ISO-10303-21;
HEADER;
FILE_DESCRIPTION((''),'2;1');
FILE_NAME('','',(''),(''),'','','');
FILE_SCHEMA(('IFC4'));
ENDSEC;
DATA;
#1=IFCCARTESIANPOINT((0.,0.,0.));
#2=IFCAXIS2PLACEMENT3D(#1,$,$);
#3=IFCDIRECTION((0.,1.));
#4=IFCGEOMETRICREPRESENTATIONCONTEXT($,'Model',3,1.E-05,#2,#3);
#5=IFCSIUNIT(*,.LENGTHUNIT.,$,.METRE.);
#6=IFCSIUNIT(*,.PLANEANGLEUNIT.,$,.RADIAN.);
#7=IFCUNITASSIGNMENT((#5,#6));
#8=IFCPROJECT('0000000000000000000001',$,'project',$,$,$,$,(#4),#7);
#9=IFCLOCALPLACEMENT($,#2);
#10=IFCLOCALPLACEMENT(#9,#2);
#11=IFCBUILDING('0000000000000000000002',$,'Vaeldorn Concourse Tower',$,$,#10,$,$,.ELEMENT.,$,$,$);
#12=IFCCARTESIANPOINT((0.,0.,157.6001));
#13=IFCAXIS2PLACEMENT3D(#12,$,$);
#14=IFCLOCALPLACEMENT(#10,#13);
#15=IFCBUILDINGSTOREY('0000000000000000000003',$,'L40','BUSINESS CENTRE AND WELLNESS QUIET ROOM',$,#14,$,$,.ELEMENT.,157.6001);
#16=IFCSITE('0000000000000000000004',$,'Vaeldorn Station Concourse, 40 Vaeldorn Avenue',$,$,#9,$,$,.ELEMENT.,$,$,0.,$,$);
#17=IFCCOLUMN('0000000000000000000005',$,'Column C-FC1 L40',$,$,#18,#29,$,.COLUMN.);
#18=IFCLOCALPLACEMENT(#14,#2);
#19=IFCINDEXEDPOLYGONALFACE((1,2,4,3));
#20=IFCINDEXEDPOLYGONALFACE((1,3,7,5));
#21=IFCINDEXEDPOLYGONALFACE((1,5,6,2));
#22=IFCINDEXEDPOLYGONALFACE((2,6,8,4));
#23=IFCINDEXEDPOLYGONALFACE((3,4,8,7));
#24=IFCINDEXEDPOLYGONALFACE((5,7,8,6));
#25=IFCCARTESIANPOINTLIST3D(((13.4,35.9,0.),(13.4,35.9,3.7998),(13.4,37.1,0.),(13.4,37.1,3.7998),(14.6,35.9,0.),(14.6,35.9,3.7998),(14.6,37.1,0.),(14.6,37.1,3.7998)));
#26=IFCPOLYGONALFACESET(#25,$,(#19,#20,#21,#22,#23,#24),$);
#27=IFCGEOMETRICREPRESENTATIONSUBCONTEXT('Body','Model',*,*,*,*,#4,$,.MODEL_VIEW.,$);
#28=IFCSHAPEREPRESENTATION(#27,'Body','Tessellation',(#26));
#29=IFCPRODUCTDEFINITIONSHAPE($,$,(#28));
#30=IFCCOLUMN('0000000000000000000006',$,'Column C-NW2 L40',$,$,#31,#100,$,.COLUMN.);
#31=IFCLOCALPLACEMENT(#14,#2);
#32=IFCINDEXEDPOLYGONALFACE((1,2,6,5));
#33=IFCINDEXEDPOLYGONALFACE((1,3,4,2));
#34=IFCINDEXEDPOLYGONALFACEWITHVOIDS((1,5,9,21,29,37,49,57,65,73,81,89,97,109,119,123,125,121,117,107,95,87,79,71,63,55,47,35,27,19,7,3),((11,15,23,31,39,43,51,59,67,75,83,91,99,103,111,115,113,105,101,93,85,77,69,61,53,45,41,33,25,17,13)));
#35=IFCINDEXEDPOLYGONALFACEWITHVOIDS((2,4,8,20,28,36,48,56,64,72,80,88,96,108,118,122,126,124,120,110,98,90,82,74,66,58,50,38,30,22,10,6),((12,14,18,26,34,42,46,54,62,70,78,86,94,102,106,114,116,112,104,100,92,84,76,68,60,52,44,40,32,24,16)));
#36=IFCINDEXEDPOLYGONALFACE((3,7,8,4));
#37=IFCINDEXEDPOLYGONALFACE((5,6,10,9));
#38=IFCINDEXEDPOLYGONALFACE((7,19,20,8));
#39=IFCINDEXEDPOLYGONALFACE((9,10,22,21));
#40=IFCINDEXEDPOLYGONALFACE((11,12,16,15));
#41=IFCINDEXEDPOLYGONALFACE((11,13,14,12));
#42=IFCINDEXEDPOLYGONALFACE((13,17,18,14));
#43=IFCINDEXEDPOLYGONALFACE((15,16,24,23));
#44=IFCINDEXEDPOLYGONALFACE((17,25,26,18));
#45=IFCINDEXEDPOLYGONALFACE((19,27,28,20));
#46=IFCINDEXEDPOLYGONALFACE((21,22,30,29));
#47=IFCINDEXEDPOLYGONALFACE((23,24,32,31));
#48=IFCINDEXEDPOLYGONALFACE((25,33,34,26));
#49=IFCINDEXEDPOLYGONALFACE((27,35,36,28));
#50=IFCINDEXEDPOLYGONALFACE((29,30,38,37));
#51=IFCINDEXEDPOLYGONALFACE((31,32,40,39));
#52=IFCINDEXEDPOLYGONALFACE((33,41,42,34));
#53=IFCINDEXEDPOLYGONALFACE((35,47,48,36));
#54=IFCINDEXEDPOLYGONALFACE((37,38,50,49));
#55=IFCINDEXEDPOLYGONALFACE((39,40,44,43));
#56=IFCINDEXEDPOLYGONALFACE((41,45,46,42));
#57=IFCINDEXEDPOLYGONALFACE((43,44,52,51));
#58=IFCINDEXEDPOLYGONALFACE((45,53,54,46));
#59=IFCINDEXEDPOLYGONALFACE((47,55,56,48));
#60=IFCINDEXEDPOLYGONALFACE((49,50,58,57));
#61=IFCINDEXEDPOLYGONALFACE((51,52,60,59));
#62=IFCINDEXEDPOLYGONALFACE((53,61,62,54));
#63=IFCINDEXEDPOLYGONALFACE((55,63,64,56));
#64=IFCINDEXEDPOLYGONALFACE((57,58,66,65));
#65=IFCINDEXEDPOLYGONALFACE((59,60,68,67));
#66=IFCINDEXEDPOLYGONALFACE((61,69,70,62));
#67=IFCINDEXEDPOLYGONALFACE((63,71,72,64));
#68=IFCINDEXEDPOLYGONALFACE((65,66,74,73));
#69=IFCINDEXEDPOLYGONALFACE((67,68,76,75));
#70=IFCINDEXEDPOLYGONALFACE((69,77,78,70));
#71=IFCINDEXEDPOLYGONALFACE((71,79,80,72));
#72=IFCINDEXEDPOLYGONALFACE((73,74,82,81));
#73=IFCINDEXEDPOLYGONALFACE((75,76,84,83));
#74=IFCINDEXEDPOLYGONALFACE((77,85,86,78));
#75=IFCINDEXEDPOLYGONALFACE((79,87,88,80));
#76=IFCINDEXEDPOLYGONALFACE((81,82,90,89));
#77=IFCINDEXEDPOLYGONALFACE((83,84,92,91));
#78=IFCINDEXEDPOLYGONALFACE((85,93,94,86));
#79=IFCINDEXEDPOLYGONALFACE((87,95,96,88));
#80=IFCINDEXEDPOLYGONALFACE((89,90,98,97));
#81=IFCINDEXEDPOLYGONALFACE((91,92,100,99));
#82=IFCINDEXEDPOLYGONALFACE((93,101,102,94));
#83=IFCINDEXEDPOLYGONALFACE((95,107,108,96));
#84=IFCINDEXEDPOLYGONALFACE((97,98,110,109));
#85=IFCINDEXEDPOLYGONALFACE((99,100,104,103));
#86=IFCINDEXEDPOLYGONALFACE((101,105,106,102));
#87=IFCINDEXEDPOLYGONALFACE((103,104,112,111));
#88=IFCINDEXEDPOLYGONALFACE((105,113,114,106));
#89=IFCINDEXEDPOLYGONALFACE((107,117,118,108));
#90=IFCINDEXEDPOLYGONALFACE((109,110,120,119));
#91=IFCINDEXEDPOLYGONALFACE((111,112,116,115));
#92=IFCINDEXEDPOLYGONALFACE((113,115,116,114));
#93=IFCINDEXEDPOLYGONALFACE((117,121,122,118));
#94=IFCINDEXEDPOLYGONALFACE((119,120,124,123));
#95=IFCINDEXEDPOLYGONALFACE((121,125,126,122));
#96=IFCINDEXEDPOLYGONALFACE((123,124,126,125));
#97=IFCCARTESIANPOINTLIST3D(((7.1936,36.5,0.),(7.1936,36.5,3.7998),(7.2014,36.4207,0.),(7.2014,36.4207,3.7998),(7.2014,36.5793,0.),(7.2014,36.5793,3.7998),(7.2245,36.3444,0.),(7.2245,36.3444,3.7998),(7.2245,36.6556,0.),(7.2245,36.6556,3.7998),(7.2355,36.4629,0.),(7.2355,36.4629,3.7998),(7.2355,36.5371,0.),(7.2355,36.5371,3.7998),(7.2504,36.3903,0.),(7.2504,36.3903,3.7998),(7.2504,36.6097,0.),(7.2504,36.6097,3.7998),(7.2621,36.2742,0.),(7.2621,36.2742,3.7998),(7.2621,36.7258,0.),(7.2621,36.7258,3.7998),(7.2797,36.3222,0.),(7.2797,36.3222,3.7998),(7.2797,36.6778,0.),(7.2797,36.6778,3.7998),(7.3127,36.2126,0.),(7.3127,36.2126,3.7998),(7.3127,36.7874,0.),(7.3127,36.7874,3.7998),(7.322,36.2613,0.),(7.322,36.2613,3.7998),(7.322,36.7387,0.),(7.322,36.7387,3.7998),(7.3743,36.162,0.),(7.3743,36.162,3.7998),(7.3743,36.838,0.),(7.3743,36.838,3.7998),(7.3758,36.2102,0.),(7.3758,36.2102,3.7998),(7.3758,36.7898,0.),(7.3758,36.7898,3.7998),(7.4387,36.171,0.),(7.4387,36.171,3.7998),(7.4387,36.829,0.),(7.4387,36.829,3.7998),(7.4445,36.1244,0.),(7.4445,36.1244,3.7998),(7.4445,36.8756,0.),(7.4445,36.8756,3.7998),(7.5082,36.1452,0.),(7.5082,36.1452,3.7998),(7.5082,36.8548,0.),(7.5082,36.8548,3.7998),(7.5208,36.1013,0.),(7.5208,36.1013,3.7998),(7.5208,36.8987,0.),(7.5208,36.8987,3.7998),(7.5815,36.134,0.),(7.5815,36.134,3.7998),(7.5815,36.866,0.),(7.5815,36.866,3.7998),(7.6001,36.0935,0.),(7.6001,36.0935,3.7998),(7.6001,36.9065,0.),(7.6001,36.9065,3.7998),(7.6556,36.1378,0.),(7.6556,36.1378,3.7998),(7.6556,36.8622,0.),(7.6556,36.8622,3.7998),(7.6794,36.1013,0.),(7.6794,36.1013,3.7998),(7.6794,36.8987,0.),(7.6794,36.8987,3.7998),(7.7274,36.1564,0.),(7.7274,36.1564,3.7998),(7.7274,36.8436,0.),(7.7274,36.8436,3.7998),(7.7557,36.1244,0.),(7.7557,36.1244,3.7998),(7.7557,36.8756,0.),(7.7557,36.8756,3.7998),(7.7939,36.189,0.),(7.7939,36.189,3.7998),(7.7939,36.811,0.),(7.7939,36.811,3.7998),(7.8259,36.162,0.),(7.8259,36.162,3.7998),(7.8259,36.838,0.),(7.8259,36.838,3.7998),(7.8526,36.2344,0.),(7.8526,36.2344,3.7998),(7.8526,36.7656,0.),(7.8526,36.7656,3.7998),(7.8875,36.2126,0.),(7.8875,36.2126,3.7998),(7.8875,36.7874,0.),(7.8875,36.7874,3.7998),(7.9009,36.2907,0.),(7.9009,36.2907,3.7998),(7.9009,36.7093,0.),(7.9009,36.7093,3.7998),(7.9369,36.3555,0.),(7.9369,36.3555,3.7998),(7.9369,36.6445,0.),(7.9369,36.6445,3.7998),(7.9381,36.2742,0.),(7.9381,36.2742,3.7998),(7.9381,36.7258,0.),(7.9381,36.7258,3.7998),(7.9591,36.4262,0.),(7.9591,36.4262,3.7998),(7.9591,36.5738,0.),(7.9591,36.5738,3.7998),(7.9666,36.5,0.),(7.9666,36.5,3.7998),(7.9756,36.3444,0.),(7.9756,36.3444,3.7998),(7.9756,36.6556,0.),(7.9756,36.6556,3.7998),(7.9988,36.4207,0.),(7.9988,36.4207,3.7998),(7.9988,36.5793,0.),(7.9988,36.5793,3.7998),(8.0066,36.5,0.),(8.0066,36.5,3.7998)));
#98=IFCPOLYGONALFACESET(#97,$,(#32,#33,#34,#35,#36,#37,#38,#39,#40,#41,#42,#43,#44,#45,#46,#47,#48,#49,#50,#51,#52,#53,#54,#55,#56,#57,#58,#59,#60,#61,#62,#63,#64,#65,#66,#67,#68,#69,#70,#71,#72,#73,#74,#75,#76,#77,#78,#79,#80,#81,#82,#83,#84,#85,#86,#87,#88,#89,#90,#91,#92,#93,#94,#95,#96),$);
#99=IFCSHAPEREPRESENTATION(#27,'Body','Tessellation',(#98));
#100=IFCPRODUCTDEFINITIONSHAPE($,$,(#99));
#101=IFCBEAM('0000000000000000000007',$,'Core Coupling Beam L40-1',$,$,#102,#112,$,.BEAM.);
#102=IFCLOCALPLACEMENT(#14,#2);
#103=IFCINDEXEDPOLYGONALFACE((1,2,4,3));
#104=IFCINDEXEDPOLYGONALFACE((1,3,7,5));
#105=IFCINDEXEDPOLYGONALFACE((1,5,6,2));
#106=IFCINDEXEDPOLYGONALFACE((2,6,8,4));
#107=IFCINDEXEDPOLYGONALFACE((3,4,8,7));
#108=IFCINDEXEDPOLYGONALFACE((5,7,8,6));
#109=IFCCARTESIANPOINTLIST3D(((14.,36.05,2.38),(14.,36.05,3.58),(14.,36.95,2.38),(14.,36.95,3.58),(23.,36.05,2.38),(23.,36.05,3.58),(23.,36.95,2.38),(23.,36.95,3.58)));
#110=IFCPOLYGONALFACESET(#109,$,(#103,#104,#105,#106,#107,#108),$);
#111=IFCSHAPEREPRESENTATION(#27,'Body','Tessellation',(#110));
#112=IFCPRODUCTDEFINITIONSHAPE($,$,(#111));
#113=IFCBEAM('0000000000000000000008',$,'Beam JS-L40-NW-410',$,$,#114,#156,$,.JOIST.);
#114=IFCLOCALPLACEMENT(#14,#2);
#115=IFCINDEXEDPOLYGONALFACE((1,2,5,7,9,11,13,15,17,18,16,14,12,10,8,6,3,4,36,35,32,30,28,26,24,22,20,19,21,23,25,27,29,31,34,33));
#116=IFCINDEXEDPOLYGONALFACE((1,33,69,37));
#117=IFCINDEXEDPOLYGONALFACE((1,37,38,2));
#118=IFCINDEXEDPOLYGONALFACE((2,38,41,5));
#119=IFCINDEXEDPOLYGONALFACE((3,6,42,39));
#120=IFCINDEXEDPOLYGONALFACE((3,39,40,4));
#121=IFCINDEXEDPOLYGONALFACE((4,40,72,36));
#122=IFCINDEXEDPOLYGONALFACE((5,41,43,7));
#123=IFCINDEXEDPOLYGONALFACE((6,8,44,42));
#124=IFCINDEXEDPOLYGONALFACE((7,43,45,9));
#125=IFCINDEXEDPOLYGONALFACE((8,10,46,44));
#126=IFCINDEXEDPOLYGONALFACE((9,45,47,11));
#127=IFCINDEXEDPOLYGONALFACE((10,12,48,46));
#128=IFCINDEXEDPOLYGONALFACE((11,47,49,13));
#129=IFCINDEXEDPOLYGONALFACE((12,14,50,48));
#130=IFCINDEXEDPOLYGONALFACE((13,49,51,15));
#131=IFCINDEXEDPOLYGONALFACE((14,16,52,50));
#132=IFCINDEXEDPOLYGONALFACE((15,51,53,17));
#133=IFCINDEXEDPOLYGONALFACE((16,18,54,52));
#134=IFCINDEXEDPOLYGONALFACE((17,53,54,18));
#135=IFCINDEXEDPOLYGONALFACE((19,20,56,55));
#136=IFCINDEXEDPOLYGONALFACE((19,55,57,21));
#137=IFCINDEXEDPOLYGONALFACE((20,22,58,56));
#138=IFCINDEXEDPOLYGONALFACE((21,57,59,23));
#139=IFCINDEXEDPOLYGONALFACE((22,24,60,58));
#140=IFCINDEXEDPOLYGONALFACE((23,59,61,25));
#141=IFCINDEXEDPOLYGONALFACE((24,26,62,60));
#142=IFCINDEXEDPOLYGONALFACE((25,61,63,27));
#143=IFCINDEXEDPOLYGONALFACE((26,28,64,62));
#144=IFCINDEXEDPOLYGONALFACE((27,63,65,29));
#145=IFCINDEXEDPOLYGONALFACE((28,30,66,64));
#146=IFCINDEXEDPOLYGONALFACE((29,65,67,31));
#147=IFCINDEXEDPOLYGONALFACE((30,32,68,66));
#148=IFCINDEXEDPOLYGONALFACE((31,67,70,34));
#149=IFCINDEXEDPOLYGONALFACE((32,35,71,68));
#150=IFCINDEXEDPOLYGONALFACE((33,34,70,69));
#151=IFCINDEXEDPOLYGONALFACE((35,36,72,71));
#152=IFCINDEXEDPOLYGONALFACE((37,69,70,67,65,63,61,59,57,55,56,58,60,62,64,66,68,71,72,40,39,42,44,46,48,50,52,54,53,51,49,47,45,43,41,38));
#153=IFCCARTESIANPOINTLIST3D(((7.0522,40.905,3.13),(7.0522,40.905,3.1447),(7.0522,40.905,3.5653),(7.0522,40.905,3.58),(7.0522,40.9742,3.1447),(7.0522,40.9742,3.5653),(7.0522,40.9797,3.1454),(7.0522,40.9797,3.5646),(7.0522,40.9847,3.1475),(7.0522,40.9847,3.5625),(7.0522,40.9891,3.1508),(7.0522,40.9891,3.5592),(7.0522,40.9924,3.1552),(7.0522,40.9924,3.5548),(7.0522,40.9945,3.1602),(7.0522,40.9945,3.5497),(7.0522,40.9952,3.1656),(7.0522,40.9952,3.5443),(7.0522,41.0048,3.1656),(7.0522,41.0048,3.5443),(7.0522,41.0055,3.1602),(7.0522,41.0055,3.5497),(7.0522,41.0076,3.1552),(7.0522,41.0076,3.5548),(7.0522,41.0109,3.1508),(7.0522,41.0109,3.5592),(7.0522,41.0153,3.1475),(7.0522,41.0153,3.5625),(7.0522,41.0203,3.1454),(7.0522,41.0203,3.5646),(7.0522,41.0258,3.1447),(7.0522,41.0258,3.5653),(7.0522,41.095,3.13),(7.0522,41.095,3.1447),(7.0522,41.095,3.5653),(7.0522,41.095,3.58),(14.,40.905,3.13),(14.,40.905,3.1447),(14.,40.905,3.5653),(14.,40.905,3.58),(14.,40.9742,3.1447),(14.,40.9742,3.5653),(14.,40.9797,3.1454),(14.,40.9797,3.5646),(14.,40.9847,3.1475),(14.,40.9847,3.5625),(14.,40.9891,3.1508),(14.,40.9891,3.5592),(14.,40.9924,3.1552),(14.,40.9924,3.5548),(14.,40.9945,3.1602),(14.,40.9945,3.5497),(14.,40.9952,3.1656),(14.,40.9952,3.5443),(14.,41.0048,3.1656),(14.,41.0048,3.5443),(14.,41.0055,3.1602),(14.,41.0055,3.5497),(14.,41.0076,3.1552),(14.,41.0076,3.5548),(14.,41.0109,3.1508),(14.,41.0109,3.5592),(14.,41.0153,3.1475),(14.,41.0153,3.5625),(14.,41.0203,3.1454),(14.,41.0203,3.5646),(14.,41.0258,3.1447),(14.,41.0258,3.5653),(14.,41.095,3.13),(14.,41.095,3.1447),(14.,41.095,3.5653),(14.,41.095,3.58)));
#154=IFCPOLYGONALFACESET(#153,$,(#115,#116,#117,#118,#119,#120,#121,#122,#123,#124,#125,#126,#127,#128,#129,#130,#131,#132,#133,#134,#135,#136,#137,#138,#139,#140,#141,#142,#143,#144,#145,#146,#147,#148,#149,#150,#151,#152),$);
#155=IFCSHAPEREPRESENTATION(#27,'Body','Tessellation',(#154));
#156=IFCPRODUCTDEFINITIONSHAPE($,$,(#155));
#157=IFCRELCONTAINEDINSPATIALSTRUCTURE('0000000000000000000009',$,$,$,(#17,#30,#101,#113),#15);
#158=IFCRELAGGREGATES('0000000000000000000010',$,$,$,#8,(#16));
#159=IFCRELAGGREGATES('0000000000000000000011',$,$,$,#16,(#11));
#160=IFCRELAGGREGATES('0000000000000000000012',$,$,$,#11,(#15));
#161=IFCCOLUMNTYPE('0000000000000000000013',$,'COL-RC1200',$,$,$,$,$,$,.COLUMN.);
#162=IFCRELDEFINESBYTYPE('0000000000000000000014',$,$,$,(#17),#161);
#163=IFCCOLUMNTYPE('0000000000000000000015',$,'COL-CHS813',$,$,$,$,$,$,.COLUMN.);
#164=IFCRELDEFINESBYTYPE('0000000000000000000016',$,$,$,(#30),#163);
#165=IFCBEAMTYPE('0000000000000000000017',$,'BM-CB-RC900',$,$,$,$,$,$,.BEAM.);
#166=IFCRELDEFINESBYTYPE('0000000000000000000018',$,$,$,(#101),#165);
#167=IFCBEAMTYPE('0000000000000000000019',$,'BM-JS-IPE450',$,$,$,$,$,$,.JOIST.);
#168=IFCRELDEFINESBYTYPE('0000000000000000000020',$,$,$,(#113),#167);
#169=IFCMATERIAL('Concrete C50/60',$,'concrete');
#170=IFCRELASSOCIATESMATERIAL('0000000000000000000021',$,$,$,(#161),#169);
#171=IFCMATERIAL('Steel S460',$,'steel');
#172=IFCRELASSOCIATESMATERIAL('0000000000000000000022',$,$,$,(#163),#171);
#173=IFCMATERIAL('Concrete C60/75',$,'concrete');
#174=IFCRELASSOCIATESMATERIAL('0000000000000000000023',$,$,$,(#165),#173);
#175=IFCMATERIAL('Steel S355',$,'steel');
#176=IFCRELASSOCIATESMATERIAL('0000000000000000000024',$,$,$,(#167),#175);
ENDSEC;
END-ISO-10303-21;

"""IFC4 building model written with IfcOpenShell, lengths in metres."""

from ifc_helpers import new_model, si_unit, direction, frame, origin, origin_2d, place, context, subcontext, project, spatial, rectangle, hollow_circle, i_section, extrude, source, transform, mapped, material, material_profile, profile_set, type_object, element, save


model = new_model("IFC4")

# Units and contexts
model_context = context("Model", 3, precision=1e-05, world=origin(), true_north=direction((0.0, 1.0)))
body_context = subcontext(model_context, "Body", "Model", "MODEL_VIEW")
ifc_project = project(units=[si_unit("LENGTHUNIT", "METRE"), si_unit("PLANEANGLEUNIT", "RADIAN")], contexts=[model_context])

# Site, building, storey
site_placement = place(None, origin())
site = spatial("IfcSite", under=ifc_project, at=site_placement, Name="Vaeldorn Station Concourse, 40 Vaeldorn Avenue", CompositionType="ELEMENT", RefElevation=0.0)
building_placement = place(site_placement, origin())
building = spatial("IfcBuilding", under=site, at=building_placement, Name="Vaeldorn Concourse Tower", CompositionType="ELEMENT")
storey_placement = place(building_placement, frame((0.0, 0.0, 157.6001)))
storey = spatial("IfcBuildingStorey", under=building, at=storey_placement, Name="L40", Description="BUSINESS CENTRE AND WELLNESS QUIET ROOM", CompositionType="ELEMENT", Elevation=157.6001)

# Columns
ifc_material_1 = material(Name="Concrete C50/60", Category="concrete")
ifc_material_profile_1 = material_profile(ifc_material_1, rectangle(XDim=1.2, YDim=1.2, at=origin_2d()), Name="RC 1200x1200")
ifc_profile_set_1 = profile_set([ifc_material_profile_1], Name="Concrete C50/60")
column_type_1 = type_object("IfcColumnType", Name="COL-RC1200", PredefinedType="COLUMN", material=ifc_profile_set_1)
shared_shape_1 = source(origin(), body_context, "Body", "SweptSolid", [
    extrude(rectangle(XDim=1.2, YDim=1.2, at=origin_2d()), origin(), (0.0, 0.0, 1.0), 3.7998),
])
column_1_placement = place(storey_placement, frame((14.0, 36.5, 0.0), z_axis=(0.0, 0.0, 1.0), x_axis=(1.0, 0.0, 0.0)))
element("IfcColumn", 1, at=column_1_placement, inside=storey, type_object=column_type_1, Name="Column C-FC1 L40", PredefinedType="COLUMN", context=body_context, shape_type="MappedRepresentation", body=[
    mapped(shared_shape_1, transform((0.0, 0.0, 0.0), scale=1.0)),
])
ifc_material_2 = material(Name="Steel S460", Category="steel")
ifc_material_profile_2 = material_profile(ifc_material_2, hollow_circle(Radius=0.4065, WallThickness=0.04, at=origin_2d()), Name="CHS 813x40")
ifc_profile_set_2 = profile_set([ifc_material_profile_2], Name="Steel S460")
column_type_2 = type_object("IfcColumnType", Name="COL-CHS813", PredefinedType="COLUMN", material=ifc_profile_set_2)
shared_shape_2 = source(origin(), body_context, "Body", "SweptSolid", [
    extrude(hollow_circle(Radius=0.4065, WallThickness=0.04, at=origin_2d()), origin(), (0.0, 0.0, 1.0), 3.7998),
])
column_2_placement = place(storey_placement, frame((7.6001, 36.5, 0.0), z_axis=(0.0, 0.0, 1.0), x_axis=(1.0, 0.0, 0.0)))
element("IfcColumn", 2, at=column_2_placement, inside=storey, type_object=column_type_2, Name="Column C-NW2 L40", PredefinedType="COLUMN", context=body_context, shape_type="MappedRepresentation", body=[
    mapped(shared_shape_2, transform((0.0, 0.0, 0.0), scale=1.0)),
])

# Beams
ifc_material_3 = material(Name="Concrete C60/75", Category="concrete")
ifc_material_profile_3 = material_profile(ifc_material_3, rectangle(XDim=0.8999, YDim=1.2, at=origin_2d()), Name="RC 900x1200")
ifc_profile_set_3 = profile_set([ifc_material_profile_3], Name="Concrete C60/75")
beam_type_1 = type_object("IfcBeamType", Name="BM-CB-RC900", PredefinedType="BEAM", material=ifc_profile_set_3)
shared_shape_3 = source(origin(), body_context, "Body", "SweptSolid", [
    extrude(rectangle(XDim=0.8999, YDim=1.2, at=origin_2d()), origin(), (0.0, 0.0, 1.0), 9.0),
])
beam_1_placement = place(storey_placement, frame((14.0, 36.5, 2.98), z_axis=(1.0, 0.0, 0.0), x_axis=(0.0, 1.0, 0.0)))
element("IfcBeam", 3, at=beam_1_placement, inside=storey, type_object=beam_type_1, Name="Core Coupling Beam L40-1", PredefinedType="BEAM", context=body_context, shape_type="MappedRepresentation", body=[
    mapped(shared_shape_3, transform((0.0, 0.0, 0.0), scale=1.0)),
])
ifc_material_4 = material(Name="Steel S355", Category="steel")
ifc_material_profile_4 = material_profile(ifc_material_4, i_section(OverallWidth=0.1899, OverallDepth=0.45, WebThickness=0.0095, FlangeThickness=0.0146, FilletRadius=0.021, at=origin_2d()), Name="IPE 450")
ifc_profile_set_4 = profile_set([ifc_material_profile_4], Name="Steel S355")
beam_type_2 = type_object("IfcBeamType", Name="BM-JS-IPE450", PredefinedType="JOIST", material=ifc_profile_set_4)
shared_shape_4 = source(origin(), body_context, "Body", "SweptSolid", [
    extrude(i_section(OverallWidth=0.1899, OverallDepth=0.45, WebThickness=0.0095, FlangeThickness=0.0146, FilletRadius=0.021, at=origin_2d()), origin(), (0.0, 0.0, 1.0), 6.9478),
])
beam_2_placement = place(storey_placement, frame((7.0522, 41.0, 3.355), z_axis=(1.0, 0.0, 0.0), x_axis=(0.0, 1.0, 0.0)))
element("IfcBeam", 4, at=beam_2_placement, inside=storey, type_object=beam_type_2, Name="Beam JS-L40-NW-410", PredefinedType="JOIST", context=body_context, shape_type="MappedRepresentation", body=[
    mapped(shared_shape_4, transform((0.0, 0.0, 0.0), scale=1.0)),
])

save(model, "model.ifc")
